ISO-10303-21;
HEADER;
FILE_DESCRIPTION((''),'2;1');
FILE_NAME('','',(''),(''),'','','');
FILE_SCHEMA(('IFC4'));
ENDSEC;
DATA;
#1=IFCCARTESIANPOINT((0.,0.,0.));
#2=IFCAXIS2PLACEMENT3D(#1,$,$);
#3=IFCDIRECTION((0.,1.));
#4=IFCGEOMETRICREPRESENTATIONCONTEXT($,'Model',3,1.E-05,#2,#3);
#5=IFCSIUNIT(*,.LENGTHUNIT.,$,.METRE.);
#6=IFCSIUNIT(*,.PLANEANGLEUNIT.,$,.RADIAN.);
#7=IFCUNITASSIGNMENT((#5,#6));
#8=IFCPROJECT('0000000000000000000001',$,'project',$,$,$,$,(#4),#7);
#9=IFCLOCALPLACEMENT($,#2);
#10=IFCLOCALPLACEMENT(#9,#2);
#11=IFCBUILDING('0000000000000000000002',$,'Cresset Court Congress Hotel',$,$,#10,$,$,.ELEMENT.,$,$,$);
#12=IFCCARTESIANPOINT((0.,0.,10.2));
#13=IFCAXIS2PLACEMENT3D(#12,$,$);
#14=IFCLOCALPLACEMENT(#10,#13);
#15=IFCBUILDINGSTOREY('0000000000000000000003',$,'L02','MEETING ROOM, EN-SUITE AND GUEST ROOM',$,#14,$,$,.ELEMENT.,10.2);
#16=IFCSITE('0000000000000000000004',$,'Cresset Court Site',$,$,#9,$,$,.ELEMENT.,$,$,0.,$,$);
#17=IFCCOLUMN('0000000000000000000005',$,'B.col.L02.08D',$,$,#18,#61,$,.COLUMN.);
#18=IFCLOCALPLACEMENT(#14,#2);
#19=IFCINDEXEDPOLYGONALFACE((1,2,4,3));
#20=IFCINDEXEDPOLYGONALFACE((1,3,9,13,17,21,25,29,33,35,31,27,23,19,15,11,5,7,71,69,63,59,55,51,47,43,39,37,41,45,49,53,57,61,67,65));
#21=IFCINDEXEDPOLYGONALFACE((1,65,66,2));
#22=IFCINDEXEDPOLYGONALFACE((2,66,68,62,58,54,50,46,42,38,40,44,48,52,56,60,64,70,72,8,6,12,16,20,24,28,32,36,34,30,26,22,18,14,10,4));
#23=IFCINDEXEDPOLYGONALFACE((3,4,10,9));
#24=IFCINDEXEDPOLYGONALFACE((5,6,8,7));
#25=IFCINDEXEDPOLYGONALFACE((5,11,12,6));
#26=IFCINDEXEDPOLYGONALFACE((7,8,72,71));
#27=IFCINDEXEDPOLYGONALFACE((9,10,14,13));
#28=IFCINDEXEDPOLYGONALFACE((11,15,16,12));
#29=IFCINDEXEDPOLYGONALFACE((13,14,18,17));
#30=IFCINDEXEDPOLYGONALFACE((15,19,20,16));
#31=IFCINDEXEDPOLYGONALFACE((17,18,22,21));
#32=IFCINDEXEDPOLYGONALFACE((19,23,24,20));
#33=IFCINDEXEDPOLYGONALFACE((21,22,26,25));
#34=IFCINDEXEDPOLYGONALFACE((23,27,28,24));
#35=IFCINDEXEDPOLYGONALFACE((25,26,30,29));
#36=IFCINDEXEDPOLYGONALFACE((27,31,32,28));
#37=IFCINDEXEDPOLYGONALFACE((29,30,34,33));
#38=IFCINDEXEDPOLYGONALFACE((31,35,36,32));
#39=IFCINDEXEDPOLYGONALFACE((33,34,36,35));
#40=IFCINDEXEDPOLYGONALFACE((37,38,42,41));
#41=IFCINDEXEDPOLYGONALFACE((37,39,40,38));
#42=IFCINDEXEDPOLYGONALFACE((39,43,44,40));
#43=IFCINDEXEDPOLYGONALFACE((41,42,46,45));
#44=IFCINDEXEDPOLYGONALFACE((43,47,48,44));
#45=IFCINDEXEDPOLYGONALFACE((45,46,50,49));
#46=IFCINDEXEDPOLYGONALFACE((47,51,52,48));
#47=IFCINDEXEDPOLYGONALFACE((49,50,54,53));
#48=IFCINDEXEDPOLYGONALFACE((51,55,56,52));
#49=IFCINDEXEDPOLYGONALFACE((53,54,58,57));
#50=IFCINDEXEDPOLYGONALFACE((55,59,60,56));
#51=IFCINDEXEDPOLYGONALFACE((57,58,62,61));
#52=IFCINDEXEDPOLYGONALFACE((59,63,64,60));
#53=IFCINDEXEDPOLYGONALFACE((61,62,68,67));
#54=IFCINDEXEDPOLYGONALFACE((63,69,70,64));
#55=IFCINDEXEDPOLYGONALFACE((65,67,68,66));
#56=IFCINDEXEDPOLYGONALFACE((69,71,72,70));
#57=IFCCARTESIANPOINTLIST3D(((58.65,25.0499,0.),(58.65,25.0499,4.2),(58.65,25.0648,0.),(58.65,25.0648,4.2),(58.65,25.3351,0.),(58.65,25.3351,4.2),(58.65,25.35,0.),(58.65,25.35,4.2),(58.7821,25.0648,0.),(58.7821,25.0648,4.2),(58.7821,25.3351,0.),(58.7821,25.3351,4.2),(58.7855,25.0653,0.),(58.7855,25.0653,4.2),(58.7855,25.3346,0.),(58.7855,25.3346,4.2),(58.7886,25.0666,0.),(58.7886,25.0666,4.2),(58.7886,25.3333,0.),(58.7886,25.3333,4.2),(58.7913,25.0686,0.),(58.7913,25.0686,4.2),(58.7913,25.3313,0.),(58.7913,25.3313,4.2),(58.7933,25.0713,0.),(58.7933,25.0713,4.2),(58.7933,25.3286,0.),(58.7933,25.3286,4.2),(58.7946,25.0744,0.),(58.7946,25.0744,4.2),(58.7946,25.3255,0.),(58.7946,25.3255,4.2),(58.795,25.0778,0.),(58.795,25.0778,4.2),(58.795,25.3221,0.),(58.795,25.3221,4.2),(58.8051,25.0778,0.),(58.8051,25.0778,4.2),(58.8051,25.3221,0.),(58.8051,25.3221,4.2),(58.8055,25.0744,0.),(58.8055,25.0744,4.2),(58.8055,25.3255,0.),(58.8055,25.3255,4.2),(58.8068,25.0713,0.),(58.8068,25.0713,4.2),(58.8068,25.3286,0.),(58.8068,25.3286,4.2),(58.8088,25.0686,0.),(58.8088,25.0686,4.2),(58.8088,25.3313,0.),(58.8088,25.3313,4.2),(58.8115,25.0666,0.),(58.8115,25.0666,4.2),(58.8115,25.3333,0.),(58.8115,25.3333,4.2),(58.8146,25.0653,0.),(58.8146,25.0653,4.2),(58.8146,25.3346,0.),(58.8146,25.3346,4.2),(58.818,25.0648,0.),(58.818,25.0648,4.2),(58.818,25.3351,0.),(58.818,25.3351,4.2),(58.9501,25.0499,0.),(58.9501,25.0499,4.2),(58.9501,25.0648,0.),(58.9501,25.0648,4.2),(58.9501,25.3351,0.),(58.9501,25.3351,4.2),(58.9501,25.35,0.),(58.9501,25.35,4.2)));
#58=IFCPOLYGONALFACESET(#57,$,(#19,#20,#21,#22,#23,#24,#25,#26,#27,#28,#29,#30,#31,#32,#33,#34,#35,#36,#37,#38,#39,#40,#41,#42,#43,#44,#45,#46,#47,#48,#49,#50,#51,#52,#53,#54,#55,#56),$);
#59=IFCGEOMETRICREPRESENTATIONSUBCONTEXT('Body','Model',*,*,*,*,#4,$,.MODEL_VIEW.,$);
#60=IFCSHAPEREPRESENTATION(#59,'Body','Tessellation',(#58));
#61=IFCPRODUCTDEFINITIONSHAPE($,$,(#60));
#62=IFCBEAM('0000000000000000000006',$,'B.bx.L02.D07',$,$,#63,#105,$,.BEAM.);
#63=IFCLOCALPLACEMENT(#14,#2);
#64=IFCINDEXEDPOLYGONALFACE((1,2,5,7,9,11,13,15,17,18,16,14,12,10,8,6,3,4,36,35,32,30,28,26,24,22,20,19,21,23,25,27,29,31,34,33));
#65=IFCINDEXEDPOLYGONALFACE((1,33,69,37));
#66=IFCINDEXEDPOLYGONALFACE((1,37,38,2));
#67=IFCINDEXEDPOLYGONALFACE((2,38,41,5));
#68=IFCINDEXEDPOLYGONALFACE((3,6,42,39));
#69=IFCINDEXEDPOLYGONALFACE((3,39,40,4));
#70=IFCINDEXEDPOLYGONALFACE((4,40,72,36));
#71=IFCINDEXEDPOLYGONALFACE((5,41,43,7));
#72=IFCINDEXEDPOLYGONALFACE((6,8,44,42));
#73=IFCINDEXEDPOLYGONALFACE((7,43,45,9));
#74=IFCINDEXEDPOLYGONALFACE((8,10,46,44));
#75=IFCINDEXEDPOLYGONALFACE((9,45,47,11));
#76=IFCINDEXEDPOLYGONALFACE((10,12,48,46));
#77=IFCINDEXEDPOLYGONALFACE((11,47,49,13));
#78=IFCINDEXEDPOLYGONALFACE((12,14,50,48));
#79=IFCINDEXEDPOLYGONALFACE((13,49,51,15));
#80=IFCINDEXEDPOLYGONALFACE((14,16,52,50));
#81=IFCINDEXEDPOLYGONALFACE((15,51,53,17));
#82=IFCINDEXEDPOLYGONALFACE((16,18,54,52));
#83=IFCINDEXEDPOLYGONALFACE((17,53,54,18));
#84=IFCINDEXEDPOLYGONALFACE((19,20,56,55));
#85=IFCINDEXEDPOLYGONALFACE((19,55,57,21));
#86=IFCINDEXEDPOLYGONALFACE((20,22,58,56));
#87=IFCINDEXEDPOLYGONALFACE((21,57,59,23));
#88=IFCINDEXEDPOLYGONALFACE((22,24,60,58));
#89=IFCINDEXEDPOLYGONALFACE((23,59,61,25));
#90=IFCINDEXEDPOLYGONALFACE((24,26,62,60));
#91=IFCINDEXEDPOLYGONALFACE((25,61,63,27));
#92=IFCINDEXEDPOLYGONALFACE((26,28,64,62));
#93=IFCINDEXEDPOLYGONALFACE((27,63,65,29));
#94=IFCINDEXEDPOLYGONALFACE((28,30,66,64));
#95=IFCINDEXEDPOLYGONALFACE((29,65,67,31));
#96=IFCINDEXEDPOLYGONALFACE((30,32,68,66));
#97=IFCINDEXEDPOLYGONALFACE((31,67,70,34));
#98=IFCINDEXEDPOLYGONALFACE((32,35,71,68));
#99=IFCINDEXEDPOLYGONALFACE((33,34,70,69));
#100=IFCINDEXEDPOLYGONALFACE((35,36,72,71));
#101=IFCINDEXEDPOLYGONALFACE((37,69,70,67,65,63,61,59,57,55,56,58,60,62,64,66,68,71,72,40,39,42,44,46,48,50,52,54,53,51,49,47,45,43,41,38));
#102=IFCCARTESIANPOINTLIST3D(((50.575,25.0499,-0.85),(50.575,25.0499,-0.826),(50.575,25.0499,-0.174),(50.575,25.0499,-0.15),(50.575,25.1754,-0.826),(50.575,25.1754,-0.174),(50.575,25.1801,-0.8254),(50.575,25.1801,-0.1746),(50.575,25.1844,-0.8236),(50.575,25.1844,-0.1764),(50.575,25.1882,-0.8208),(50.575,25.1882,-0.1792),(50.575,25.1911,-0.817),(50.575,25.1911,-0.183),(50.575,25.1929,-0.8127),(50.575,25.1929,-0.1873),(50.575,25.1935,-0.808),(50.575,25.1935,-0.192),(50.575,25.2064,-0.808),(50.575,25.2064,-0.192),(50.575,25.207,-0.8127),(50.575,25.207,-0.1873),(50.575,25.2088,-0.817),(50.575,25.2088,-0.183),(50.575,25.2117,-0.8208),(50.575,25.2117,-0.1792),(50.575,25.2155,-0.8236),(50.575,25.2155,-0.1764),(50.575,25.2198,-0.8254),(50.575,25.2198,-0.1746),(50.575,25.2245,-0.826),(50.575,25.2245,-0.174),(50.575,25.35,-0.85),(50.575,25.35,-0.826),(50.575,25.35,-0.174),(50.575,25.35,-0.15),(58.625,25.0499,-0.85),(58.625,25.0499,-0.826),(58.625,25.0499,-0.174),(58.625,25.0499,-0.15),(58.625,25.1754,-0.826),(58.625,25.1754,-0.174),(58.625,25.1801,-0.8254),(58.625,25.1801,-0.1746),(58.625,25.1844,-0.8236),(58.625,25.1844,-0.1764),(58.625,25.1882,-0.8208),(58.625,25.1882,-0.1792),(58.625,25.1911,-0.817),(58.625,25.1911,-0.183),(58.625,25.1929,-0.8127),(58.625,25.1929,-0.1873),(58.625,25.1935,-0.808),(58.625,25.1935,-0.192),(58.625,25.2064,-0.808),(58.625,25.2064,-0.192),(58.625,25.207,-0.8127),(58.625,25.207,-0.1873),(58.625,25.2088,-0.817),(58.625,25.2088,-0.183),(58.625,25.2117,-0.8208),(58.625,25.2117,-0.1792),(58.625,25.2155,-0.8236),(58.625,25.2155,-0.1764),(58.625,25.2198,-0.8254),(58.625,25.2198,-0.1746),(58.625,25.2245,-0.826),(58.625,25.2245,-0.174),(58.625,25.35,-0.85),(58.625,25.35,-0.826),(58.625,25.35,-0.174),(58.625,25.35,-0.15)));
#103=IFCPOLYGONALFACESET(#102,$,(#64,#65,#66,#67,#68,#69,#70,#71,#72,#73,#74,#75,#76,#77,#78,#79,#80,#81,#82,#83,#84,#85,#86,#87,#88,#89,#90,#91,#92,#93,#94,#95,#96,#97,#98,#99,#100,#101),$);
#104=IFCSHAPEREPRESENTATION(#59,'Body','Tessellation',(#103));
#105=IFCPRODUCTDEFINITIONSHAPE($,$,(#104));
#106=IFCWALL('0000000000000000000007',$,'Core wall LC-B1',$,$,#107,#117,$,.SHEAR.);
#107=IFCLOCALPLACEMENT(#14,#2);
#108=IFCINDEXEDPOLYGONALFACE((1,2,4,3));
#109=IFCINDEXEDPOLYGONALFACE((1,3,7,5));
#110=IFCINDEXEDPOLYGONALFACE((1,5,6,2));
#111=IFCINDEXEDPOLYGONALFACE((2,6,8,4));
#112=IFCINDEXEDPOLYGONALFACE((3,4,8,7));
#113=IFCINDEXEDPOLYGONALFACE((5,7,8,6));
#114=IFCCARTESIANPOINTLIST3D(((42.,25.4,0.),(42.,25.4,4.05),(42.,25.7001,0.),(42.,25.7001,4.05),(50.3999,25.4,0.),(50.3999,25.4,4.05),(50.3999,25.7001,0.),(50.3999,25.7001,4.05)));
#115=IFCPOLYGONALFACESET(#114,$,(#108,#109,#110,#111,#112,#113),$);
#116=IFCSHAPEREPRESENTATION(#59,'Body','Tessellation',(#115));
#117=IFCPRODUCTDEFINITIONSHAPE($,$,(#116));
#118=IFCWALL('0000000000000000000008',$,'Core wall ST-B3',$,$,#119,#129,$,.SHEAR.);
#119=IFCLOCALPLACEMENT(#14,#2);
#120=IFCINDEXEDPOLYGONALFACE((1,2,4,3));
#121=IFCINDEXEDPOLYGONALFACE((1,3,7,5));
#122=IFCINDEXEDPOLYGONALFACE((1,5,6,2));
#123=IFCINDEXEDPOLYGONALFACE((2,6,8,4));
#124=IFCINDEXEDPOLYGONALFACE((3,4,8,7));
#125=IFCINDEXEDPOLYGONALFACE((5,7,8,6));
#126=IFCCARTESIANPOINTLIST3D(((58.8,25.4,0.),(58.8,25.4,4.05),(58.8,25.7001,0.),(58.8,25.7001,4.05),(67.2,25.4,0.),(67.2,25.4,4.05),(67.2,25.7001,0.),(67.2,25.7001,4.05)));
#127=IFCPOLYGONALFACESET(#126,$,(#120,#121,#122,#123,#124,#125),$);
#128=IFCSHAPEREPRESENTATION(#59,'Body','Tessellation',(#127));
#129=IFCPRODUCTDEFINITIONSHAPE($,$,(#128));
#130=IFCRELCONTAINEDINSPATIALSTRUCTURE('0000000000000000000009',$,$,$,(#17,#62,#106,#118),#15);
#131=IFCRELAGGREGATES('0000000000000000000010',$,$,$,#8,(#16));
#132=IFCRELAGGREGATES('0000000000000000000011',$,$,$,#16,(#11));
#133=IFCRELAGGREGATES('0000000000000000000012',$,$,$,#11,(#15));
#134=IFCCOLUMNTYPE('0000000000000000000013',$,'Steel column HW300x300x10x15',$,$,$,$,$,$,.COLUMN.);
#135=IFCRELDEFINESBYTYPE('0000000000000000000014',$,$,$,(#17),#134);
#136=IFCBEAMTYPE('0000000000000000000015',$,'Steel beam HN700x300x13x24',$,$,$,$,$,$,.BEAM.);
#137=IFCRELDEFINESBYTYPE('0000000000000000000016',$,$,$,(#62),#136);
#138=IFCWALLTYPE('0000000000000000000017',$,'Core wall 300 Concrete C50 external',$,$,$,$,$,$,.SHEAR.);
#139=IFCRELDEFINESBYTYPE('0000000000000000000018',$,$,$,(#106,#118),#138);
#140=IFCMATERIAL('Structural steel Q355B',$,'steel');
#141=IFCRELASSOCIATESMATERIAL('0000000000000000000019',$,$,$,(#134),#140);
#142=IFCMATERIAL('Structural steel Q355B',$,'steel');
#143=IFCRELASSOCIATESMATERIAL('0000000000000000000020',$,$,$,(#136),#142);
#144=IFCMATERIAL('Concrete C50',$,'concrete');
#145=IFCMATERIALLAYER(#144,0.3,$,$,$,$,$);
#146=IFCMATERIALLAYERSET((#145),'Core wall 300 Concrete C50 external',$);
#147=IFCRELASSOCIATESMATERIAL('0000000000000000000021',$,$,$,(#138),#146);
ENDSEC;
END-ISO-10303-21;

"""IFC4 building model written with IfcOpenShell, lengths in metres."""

from ifc_helpers import new_model, si_unit, direction, frame, frame_2d, origin, origin_2d, place, context, subcontext, project, spatial, rectangle, i_section, extrude, material, layer, layer_set, material_profile, profile_set, type_object, element, save


model = new_model("IFC4")

# Units and contexts
model_context = context("Model", 3, precision=1e-05, world=origin(), true_north=direction((0.0, 1.0)))
body_context = subcontext(model_context, "Body", "Model", "MODEL_VIEW")
ifc_project = project(units=[si_unit("LENGTHUNIT", "METRE"), si_unit("PLANEANGLEUNIT", "RADIAN")], contexts=[model_context])

# Site, building, storey
site_placement = place(None, origin())
site = spatial("IfcSite", under=ifc_project, at=site_placement, Name="Cresset Court Site", CompositionType="ELEMENT", RefElevation=0.0)
building_placement = place(site_placement, origin())
building = spatial("IfcBuilding", under=site, at=building_placement, Name="Cresset Court Congress Hotel", CompositionType="ELEMENT")
storey_placement = place(building_placement, frame((0.0, 0.0, 10.2)))
storey = spatial("IfcBuildingStorey", under=building, at=storey_placement, Name="L02", Description="MEETING ROOM, EN-SUITE AND GUEST ROOM", CompositionType="ELEMENT", Elevation=10.2)

# Column
ifc_material_1 = material(Name="Structural steel Q355B", Category="steel")
ifc_material_profile_1 = material_profile(ifc_material_1, i_section(OverallWidth=0.3, OverallDepth=0.3, WebThickness=0.01, FlangeThickness=0.0149, FilletRadius=0.0129, at=origin_2d()), Name="HW300x300x10x15")
ifc_profile_set_1 = profile_set([ifc_material_profile_1], Name="Structural steel Q355B")
column_type = type_object("IfcColumnType", Name="Steel column HW300x300x10x15", PredefinedType="COLUMN", material=ifc_profile_set_1)
column_placement = place(storey_placement, frame((58.8, 25.2, 0.0), z_axis=(0.0, 0.0, 1.0), x_axis=(1.0, 0.0, 0.0)))
element("IfcColumn", 1, at=column_placement, inside=storey, type_object=column_type, Name="B.col.L02.08D", PredefinedType="COLUMN", context=body_context, shape_type="SweptSolid", body=[
    extrude(i_section(OverallWidth=0.3, OverallDepth=0.3, WebThickness=0.01, FlangeThickness=0.0149, FilletRadius=0.0129, at=origin_2d()), origin(), (0.0, 0.0, 1.0), 4.2),
])

# Beam
ifc_material_2 = material(Name="Structural steel Q355B", Category="steel")
ifc_material_profile_2 = material_profile(ifc_material_2, i_section(OverallWidth=0.3, OverallDepth=0.7, WebThickness=0.0129, FlangeThickness=0.0239, FilletRadius=0.0181, at=origin_2d()), Name="HN700x300x13x24")
ifc_profile_set_2 = profile_set([ifc_material_profile_2], Name="Structural steel Q355B")
beam_type = type_object("IfcBeamType", Name="Steel beam HN700x300x13x24", PredefinedType="BEAM", material=ifc_profile_set_2)
beam_placement = place(storey_placement, frame((50.575, 25.2, -0.5), z_axis=(1.0, 0.0, 0.0), x_axis=(0.0, 1.0, 0.0)))
element("IfcBeam", 2, at=beam_placement, inside=storey, type_object=beam_type, Name="B.bx.L02.D07", PredefinedType="BEAM", context=body_context, shape_type="SweptSolid", body=[
    extrude(i_section(OverallWidth=0.3, OverallDepth=0.7, WebThickness=0.0129, FlangeThickness=0.0239, FilletRadius=0.0181, at=origin_2d()), origin(), (0.0, 0.0, 1.0), 8.05),
])

# Walls
ifc_material_3 = material(Name="Concrete C50", Category="concrete")
ifc_layer_1 = layer(ifc_material_3, 0.3)
ifc_layer_set_1 = layer_set([ifc_layer_1], Name="Core wall 300 Concrete C50 external")
wall_type_1 = type_object("IfcWallType", Name="Core wall 300 Concrete C50 external", PredefinedType="SHEAR", material=ifc_layer_set_1)
for number, where, z_axis, x_axis, name in (
    (3, (42.0, 25.55, 0.0), (0.0, 0.0, 1.0), (1.0, 0.0, 0.0), "Core wall LC-B1"),
    (4, (58.8, 25.55, 0.0), (0.0, 0.0, 1.0), (1.0, 0.0, 0.0), "Core wall ST-B3"),
):
    element("IfcWall", number, at=place(storey_placement, frame(where, z_axis=z_axis, x_axis=x_axis)), inside=storey, type_object=wall_type_1, Name=name, PredefinedType="SHEAR", context=body_context, shape_type="SweptSolid", body=[
        extrude(rectangle(XDim=8.3999, YDim=0.3, at=frame_2d((4.2, 0.0))), origin(), (0.0, 0.0, 1.0), 4.05),
    ])

save(model, "model.ifc")
